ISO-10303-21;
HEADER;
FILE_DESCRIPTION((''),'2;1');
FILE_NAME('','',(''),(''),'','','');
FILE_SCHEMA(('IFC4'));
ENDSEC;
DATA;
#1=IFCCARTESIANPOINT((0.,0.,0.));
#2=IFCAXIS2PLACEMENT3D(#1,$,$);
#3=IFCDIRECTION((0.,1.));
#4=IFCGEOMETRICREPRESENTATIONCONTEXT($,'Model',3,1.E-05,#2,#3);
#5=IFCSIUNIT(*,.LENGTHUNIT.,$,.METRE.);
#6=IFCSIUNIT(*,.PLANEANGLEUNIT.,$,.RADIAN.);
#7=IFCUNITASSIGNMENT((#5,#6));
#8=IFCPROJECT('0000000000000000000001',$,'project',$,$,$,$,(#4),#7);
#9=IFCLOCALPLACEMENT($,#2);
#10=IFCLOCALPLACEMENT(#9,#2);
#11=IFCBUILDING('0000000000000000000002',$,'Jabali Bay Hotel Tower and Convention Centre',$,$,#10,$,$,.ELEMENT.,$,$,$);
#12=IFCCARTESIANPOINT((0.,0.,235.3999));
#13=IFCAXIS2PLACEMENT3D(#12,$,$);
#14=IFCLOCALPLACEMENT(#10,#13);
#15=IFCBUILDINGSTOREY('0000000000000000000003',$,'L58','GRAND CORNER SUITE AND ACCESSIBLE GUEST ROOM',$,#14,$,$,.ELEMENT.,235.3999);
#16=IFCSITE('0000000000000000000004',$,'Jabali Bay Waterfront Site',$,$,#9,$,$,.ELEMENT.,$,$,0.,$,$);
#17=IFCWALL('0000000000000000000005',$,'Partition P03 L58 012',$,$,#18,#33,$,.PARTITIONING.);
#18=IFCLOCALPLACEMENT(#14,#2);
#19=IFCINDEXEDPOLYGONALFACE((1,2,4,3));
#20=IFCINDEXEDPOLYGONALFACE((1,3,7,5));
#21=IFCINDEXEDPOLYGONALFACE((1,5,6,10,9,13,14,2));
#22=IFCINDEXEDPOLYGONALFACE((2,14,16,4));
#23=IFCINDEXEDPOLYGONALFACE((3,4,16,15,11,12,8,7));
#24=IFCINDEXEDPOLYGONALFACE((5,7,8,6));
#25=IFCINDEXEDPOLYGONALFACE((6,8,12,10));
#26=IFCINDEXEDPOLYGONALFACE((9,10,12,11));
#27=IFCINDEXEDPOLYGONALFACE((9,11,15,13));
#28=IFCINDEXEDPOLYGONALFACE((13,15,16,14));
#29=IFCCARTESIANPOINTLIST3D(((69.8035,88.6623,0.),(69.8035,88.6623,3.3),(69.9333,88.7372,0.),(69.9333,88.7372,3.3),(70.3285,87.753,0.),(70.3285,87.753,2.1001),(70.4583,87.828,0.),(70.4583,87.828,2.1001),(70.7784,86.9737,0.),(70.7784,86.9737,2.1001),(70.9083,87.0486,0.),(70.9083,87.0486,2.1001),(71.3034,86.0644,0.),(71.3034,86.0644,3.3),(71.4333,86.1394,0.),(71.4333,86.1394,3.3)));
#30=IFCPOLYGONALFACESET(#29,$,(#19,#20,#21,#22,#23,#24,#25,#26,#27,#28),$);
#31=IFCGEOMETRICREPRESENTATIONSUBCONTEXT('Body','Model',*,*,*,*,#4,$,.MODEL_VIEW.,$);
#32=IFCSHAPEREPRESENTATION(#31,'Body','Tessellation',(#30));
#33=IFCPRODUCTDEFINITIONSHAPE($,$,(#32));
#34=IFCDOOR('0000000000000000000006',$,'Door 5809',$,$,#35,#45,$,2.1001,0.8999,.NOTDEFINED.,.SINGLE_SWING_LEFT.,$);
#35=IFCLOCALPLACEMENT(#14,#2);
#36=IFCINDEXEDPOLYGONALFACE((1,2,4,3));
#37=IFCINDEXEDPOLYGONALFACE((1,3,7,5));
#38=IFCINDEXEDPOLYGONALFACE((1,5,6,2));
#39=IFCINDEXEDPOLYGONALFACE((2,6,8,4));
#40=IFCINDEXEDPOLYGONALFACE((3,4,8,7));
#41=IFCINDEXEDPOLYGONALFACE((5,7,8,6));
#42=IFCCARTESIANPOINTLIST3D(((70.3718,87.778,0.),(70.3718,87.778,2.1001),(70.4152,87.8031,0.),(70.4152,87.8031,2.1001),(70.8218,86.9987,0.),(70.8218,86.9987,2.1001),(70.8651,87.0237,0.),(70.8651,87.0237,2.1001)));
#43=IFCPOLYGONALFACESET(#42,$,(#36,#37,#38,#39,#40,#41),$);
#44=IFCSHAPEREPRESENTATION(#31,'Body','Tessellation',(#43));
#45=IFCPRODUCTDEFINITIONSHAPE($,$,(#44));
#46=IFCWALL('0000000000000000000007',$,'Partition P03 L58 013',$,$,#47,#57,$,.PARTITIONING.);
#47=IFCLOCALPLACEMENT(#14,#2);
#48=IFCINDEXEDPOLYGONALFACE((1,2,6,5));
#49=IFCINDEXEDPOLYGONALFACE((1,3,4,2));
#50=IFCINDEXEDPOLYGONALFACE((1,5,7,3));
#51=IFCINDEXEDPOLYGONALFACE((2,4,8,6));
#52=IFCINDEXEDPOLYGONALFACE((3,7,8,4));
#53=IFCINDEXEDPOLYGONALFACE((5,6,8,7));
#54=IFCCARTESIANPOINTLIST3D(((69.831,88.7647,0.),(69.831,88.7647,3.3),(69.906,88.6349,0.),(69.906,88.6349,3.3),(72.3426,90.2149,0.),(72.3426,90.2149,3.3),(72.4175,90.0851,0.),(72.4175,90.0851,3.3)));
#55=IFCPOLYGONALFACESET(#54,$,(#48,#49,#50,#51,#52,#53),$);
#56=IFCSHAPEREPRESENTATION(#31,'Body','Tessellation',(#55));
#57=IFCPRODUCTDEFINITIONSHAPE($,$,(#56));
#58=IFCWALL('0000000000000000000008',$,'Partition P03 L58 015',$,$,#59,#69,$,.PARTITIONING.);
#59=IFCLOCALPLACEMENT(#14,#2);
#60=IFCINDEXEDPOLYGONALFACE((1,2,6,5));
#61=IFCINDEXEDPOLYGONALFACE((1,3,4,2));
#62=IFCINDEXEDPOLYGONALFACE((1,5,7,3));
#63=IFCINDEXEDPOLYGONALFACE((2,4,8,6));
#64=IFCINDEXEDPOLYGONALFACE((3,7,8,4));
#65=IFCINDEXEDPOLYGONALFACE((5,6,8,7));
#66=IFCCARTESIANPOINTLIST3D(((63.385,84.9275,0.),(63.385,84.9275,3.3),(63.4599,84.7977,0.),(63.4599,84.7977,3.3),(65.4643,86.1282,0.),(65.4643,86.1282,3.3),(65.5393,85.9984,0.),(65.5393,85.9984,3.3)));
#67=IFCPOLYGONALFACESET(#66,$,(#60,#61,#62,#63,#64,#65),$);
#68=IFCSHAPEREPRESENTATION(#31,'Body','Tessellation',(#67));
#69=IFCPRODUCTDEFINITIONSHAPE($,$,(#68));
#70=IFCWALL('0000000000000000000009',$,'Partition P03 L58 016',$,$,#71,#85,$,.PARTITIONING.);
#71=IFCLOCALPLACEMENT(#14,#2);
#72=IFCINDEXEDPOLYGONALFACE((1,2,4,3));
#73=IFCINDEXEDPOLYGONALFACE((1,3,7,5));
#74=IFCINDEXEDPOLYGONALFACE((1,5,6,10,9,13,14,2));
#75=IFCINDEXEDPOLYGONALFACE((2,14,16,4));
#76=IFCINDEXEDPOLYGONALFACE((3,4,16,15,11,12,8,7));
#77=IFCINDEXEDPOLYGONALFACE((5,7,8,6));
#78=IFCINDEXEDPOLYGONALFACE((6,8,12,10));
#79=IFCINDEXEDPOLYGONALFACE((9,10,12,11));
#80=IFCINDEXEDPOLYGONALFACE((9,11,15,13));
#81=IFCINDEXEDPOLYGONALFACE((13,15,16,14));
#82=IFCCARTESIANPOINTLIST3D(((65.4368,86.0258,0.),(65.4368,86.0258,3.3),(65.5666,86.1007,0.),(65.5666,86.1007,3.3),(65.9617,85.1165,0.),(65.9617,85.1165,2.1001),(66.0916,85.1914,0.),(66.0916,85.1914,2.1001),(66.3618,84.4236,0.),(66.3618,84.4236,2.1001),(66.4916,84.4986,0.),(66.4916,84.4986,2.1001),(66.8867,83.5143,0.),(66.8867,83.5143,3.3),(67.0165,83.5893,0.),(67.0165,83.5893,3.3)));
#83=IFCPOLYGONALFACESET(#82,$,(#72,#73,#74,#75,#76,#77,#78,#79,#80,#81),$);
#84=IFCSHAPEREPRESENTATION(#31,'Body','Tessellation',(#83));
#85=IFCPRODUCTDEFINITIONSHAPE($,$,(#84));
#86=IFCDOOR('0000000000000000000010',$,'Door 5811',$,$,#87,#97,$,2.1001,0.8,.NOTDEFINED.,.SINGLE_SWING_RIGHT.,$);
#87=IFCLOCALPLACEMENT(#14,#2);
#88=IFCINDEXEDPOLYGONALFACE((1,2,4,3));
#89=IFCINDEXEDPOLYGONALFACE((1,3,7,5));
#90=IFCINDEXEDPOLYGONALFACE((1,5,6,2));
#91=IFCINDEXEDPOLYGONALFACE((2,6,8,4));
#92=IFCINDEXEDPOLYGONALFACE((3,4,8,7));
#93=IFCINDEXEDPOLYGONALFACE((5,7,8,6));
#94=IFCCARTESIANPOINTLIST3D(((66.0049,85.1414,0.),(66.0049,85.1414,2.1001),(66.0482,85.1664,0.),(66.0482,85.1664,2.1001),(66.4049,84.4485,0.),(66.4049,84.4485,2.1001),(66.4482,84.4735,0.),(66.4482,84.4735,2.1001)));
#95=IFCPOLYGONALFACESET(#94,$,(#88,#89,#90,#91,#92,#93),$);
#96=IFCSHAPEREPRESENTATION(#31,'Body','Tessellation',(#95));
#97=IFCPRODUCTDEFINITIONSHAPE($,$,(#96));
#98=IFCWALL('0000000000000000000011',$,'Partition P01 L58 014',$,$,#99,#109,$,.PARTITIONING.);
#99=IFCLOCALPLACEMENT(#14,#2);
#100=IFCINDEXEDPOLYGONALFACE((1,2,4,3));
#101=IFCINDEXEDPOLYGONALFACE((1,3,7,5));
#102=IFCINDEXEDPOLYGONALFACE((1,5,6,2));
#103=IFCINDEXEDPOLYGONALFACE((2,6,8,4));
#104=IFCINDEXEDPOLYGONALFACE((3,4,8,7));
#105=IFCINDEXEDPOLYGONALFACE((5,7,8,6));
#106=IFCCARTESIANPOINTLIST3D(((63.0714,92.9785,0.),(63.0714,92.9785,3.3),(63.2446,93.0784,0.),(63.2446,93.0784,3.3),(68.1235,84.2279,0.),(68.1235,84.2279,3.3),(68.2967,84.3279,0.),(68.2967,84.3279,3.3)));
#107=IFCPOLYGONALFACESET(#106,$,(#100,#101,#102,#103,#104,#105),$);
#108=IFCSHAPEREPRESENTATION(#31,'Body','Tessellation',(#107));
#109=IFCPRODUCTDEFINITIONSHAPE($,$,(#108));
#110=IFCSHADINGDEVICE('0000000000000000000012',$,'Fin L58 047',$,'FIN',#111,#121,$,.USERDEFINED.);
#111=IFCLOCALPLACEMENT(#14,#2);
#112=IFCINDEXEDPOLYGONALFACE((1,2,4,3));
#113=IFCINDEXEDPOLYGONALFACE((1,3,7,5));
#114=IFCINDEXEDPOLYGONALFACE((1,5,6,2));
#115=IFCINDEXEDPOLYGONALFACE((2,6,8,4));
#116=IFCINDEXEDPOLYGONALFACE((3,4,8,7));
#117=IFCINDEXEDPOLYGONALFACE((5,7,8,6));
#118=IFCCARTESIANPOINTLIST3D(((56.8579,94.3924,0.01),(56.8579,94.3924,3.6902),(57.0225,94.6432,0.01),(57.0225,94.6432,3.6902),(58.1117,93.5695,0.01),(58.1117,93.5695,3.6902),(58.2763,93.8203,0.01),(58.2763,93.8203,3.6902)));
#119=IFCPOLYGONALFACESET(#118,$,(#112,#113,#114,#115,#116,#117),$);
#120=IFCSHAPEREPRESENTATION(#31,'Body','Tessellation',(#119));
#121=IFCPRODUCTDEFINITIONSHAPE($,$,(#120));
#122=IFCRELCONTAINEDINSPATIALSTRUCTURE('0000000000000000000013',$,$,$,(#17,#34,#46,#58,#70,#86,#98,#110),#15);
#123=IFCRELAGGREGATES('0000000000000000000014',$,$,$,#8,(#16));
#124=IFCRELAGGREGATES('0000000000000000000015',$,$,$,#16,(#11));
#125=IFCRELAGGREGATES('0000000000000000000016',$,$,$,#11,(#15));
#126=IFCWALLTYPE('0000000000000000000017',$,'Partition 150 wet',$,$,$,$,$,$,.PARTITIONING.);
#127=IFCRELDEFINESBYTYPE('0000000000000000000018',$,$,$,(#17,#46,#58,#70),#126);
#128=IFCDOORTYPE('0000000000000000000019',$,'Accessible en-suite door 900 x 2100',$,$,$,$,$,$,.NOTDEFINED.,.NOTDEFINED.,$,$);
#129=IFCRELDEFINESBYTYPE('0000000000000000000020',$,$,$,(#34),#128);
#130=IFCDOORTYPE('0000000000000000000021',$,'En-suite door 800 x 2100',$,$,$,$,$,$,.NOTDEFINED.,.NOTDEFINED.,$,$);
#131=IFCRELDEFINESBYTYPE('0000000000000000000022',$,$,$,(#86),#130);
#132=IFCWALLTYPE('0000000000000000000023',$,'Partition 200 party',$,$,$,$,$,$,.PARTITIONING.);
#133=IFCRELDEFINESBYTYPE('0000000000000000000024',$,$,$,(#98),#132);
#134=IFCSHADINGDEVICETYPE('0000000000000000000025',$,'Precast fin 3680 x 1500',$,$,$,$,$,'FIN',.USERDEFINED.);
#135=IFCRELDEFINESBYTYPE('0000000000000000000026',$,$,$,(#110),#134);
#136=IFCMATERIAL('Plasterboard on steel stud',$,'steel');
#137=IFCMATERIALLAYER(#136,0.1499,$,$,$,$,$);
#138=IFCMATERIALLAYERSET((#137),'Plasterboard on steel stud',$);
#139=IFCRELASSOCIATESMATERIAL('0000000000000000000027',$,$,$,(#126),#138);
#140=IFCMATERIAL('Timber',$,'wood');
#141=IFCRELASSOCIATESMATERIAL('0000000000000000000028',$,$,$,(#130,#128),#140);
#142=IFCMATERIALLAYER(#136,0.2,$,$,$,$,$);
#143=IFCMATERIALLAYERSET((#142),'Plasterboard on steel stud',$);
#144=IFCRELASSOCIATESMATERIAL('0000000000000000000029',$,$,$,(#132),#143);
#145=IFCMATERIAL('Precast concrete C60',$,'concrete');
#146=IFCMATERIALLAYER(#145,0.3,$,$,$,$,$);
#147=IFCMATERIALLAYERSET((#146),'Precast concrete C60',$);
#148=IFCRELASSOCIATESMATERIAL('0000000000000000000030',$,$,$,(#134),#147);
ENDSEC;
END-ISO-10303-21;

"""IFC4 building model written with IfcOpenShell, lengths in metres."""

from ifc_helpers import new_model, si_unit, direction, frame, frame_2d, origin, place, context, subcontext, project, spatial, rectangle, extrude, material, layer, layer_set, type_object, element, fill, save


model = new_model("IFC4")

# Units and contexts
model_context = context("Model", 3, precision=1e-05, world=origin(), true_north=direction((0.0, 1.0)))
body_context = subcontext(model_context, "Body", "Model", "MODEL_VIEW")
ifc_project = project(units=[si_unit("LENGTHUNIT", "METRE"), si_unit("PLANEANGLEUNIT", "RADIAN")], contexts=[model_context])

# Site, building, storey
site_placement = place(None, origin())
site = spatial("IfcSite", under=ifc_project, at=site_placement, Name="Jabali Bay Waterfront Site", CompositionType="ELEMENT", RefElevation=0.0)
building_placement = place(site_placement, origin())
building = spatial("IfcBuilding", under=site, at=building_placement, Name="Jabali Bay Hotel Tower and Convention Centre", CompositionType="ELEMENT")
storey_placement = place(building_placement, frame((0.0, 0.0, 235.3999)))
storey = spatial("IfcBuildingStorey", under=building, at=storey_placement, Name="L58", Description="GRAND CORNER SUITE AND ACCESSIBLE GUEST ROOM", CompositionType="ELEMENT", Elevation=235.3999)

# Shared definitions
ifc_material_1 = material(Name="Timber", Category="wood")

# Shared definitions
ifc_material_2 = material(Name="Plasterboard on steel stud", Category="steel")
ifc_layer_1 = layer(ifc_material_2, 0.1499)
ifc_layer_set_1 = layer_set([ifc_layer_1], Name="Plasterboard on steel stud")
wall_type_1 = type_object("IfcWallType", Name="Partition 150 wet", PredefinedType="PARTITIONING", material=ifc_layer_set_1)
door_type_1 = type_object("IfcDoorType", Name="En-suite door 800 x 2100", OperationType="NOTDEFINED", PredefinedType="NOTDEFINED", material=ifc_material_1)

# Wall, opening, door
wall_1_placement = place(storey_placement, frame((71.3684, 86.1018, 0.0), z_axis=(0.0, 0.0, 1.0), x_axis=(-0.500025, 0.866011, 0.0)))
wall_1 = element("IfcWall", 1, at=wall_1_placement, inside=storey, type_object=wall_type_1, Name="Partition P03 L58 012", PredefinedType="PARTITIONING", context=body_context, shape_type="SweptSolid", body=[
    extrude(rectangle(XDim=2.9998, YDim=0.1499, at=frame_2d((1.5, 0.0))), origin(), (0.0, 0.0, 1.0), 3.3),
])
opening_1_placement = place(wall_1_placement, frame((1.05, 0.0, 0.0)))
opening_1 = element("IfcOpeningElement", 2, at=opening_1_placement, cuts=wall_1, PredefinedType="OPENING", context=body_context, shape_type="SweptSolid", body=[
    extrude(rectangle(XDim=0.8999, YDim=2.1001, at=frame_2d((0.45, 1.05))), frame((0.0, 0.0854, 0.0), z_axis=(0.0, -1.0, 0.0), x_axis=(1.0, 0.0, 0.0)), (0.0, 0.0, 1.0), 0.1709),
])
door_type_2 = type_object("IfcDoorType", Name="Accessible en-suite door 900 x 2100", OperationType="NOTDEFINED", PredefinedType="NOTDEFINED", material=ifc_material_1)
door_1_placement = place(opening_1_placement, origin())
door_1 = element("IfcDoor", 3, at=door_1_placement, inside=storey, type_object=door_type_2, Name="Door 5809", OperationType="SINGLE_SWING_LEFT", OverallHeight=2.1001, OverallWidth=0.8999, PredefinedType="NOTDEFINED", context=body_context, shape_type="SweptSolid", body=[
    extrude(rectangle(XDim=0.8999, YDim=2.1001, at=frame_2d((0.45, 1.05))), frame((0.0, 0.0249, 0.0), z_axis=(0.0, -1.0, 0.0), x_axis=(1.0, 0.0, 0.0)), (0.0, 0.0, 1.0), 0.05),
])
fill(opening_1, door_1)

# Walls
wall_2_placement = place(storey_placement, frame((69.8684, 88.6997, 0.0), z_axis=(0.0, 0.0, 1.0), x_axis=(0.865996, 0.50005, 0.0)))
element("IfcWall", 4, at=wall_2_placement, inside=storey, type_object=wall_type_1, Name="Partition P03 L58 013", PredefinedType="PARTITIONING", context=body_context, shape_type="SweptSolid", body=[
    extrude(rectangle(XDim=2.9001, YDim=0.1499, at=frame_2d((1.4502, 0.0))), origin(), (0.0, 0.0, 1.0), 3.3),
])
wall_3_placement = place(storey_placement, frame((63.4224, 84.8625, 0.0), z_axis=(0.0, 0.0, 1.0), x_axis=(0.865994, 0.500054, 0.0)))
element("IfcWall", 5, at=wall_3_placement, inside=storey, type_object=wall_type_1, Name="Partition P03 L58 015", PredefinedType="PARTITIONING", context=body_context, shape_type="SweptSolid", body=[
    extrude(rectangle(XDim=2.4011, YDim=0.1499, at=frame_2d((1.2007, 0.0))), origin(), (0.0, 0.0, 1.0), 3.3),
])

# Wall, opening, door
wall_4_placement = place(storey_placement, frame((65.5017, 86.0632, 0.0), z_axis=(0.0, 0.0, 1.0), x_axis=(0.499987, -0.866033, 0.0)))
wall_4 = element("IfcWall", 6, at=wall_4_placement, inside=storey, type_object=wall_type_1, Name="Partition P03 L58 016", PredefinedType="PARTITIONING", context=body_context, shape_type="SweptSolid", body=[
    extrude(rectangle(XDim=2.8999, YDim=0.1499, at=frame_2d((1.45, 0.0))), origin(), (0.0, 0.0, 1.0), 3.3),
])
opening_2_placement = place(wall_4_placement, frame((1.05, 0.0, 0.0)))
opening_2 = element("IfcOpeningElement", 7, at=opening_2_placement, cuts=wall_4, PredefinedType="OPENING", context=body_context, shape_type="SweptSolid", body=[
    extrude(rectangle(XDim=0.8, YDim=2.1001, at=frame_2d((0.3999, 1.05))), frame((0.0, 0.0854, 0.0), z_axis=(0.0, -1.0, 0.0), x_axis=(1.0, 0.0, 0.0)), (0.0, 0.0, 1.0), 0.1709),
])
door_2_placement = place(opening_2_placement, origin())
door_2 = element("IfcDoor", 8, at=door_2_placement, inside=storey, type_object=door_type_1, Name="Door 5811", OperationType="SINGLE_SWING_RIGHT", OverallHeight=2.1001, OverallWidth=0.8, PredefinedType="NOTDEFINED", context=body_context, shape_type="SweptSolid", body=[
    extrude(rectangle(XDim=0.8, YDim=2.1001, at=frame_2d((0.3999, 1.05))), frame((0.0, 0.0249, 0.0), z_axis=(0.0, -1.0, 0.0), x_axis=(1.0, 0.0, 0.0)), (0.0, 0.0, 1.0), 0.05),
])
fill(opening_2, door_2)

# Wall
ifc_layer_2 = layer(ifc_material_2, 0.2)
ifc_layer_set_2 = layer_set([ifc_layer_2], Name="Plasterboard on steel stud")
wall_type_2 = type_object("IfcWallType", Name="Partition 200 party", PredefinedType="PARTITIONING", material=ifc_layer_set_2)
wall_5_placement = place(storey_placement, frame((63.158, 93.0286, 0.0), z_axis=(0.0, 0.0, 1.0), x_axis=(0.499993, -0.866029, 0.0)))
element("IfcWall", 9, at=wall_5_placement, inside=storey, type_object=wall_type_2, Name="Partition P01 L58 014", PredefinedType="PARTITIONING", context=body_context, shape_type="SweptSolid", body=[
    extrude(rectangle(XDim=10.1042, YDim=0.2, at=frame_2d((5.0522, 0.0))), origin(), (0.0, 0.0, 1.0), 3.3),
])

# Shading device
ifc_material_3 = material(Name="Precast concrete C60", Category="concrete")
ifc_layer_3 = layer(ifc_material_3, 0.3)
ifc_layer_set_3 = layer_set([ifc_layer_3], Name="Precast concrete C60")
shading_device_type = type_object("IfcShadingDeviceType", Name="Precast fin 3680 x 1500", ElementType="FIN", PredefinedType="USERDEFINED", material=ifc_layer_set_3)
shading_device_placement = place(storey_placement, frame((58.1941, 93.6948, 0.01), z_axis=(0.0, 0.0, 1.0), x_axis=(-0.836011, 0.548713, 0.0)))
element("IfcShadingDevice", 10, at=shading_device_placement, inside=storey, type_object=shading_device_type, Name="Fin L58 047", ObjectType="FIN", PredefinedType="USERDEFINED", context=body_context, shape_type="SweptSolid", body=[
    extrude(rectangle(XDim=1.4998, YDim=0.3, at=frame_2d((0.75, 0.0))), origin(), (0.0, 0.0, 1.0), 3.6802),
])

save(model, "model.ifc")
